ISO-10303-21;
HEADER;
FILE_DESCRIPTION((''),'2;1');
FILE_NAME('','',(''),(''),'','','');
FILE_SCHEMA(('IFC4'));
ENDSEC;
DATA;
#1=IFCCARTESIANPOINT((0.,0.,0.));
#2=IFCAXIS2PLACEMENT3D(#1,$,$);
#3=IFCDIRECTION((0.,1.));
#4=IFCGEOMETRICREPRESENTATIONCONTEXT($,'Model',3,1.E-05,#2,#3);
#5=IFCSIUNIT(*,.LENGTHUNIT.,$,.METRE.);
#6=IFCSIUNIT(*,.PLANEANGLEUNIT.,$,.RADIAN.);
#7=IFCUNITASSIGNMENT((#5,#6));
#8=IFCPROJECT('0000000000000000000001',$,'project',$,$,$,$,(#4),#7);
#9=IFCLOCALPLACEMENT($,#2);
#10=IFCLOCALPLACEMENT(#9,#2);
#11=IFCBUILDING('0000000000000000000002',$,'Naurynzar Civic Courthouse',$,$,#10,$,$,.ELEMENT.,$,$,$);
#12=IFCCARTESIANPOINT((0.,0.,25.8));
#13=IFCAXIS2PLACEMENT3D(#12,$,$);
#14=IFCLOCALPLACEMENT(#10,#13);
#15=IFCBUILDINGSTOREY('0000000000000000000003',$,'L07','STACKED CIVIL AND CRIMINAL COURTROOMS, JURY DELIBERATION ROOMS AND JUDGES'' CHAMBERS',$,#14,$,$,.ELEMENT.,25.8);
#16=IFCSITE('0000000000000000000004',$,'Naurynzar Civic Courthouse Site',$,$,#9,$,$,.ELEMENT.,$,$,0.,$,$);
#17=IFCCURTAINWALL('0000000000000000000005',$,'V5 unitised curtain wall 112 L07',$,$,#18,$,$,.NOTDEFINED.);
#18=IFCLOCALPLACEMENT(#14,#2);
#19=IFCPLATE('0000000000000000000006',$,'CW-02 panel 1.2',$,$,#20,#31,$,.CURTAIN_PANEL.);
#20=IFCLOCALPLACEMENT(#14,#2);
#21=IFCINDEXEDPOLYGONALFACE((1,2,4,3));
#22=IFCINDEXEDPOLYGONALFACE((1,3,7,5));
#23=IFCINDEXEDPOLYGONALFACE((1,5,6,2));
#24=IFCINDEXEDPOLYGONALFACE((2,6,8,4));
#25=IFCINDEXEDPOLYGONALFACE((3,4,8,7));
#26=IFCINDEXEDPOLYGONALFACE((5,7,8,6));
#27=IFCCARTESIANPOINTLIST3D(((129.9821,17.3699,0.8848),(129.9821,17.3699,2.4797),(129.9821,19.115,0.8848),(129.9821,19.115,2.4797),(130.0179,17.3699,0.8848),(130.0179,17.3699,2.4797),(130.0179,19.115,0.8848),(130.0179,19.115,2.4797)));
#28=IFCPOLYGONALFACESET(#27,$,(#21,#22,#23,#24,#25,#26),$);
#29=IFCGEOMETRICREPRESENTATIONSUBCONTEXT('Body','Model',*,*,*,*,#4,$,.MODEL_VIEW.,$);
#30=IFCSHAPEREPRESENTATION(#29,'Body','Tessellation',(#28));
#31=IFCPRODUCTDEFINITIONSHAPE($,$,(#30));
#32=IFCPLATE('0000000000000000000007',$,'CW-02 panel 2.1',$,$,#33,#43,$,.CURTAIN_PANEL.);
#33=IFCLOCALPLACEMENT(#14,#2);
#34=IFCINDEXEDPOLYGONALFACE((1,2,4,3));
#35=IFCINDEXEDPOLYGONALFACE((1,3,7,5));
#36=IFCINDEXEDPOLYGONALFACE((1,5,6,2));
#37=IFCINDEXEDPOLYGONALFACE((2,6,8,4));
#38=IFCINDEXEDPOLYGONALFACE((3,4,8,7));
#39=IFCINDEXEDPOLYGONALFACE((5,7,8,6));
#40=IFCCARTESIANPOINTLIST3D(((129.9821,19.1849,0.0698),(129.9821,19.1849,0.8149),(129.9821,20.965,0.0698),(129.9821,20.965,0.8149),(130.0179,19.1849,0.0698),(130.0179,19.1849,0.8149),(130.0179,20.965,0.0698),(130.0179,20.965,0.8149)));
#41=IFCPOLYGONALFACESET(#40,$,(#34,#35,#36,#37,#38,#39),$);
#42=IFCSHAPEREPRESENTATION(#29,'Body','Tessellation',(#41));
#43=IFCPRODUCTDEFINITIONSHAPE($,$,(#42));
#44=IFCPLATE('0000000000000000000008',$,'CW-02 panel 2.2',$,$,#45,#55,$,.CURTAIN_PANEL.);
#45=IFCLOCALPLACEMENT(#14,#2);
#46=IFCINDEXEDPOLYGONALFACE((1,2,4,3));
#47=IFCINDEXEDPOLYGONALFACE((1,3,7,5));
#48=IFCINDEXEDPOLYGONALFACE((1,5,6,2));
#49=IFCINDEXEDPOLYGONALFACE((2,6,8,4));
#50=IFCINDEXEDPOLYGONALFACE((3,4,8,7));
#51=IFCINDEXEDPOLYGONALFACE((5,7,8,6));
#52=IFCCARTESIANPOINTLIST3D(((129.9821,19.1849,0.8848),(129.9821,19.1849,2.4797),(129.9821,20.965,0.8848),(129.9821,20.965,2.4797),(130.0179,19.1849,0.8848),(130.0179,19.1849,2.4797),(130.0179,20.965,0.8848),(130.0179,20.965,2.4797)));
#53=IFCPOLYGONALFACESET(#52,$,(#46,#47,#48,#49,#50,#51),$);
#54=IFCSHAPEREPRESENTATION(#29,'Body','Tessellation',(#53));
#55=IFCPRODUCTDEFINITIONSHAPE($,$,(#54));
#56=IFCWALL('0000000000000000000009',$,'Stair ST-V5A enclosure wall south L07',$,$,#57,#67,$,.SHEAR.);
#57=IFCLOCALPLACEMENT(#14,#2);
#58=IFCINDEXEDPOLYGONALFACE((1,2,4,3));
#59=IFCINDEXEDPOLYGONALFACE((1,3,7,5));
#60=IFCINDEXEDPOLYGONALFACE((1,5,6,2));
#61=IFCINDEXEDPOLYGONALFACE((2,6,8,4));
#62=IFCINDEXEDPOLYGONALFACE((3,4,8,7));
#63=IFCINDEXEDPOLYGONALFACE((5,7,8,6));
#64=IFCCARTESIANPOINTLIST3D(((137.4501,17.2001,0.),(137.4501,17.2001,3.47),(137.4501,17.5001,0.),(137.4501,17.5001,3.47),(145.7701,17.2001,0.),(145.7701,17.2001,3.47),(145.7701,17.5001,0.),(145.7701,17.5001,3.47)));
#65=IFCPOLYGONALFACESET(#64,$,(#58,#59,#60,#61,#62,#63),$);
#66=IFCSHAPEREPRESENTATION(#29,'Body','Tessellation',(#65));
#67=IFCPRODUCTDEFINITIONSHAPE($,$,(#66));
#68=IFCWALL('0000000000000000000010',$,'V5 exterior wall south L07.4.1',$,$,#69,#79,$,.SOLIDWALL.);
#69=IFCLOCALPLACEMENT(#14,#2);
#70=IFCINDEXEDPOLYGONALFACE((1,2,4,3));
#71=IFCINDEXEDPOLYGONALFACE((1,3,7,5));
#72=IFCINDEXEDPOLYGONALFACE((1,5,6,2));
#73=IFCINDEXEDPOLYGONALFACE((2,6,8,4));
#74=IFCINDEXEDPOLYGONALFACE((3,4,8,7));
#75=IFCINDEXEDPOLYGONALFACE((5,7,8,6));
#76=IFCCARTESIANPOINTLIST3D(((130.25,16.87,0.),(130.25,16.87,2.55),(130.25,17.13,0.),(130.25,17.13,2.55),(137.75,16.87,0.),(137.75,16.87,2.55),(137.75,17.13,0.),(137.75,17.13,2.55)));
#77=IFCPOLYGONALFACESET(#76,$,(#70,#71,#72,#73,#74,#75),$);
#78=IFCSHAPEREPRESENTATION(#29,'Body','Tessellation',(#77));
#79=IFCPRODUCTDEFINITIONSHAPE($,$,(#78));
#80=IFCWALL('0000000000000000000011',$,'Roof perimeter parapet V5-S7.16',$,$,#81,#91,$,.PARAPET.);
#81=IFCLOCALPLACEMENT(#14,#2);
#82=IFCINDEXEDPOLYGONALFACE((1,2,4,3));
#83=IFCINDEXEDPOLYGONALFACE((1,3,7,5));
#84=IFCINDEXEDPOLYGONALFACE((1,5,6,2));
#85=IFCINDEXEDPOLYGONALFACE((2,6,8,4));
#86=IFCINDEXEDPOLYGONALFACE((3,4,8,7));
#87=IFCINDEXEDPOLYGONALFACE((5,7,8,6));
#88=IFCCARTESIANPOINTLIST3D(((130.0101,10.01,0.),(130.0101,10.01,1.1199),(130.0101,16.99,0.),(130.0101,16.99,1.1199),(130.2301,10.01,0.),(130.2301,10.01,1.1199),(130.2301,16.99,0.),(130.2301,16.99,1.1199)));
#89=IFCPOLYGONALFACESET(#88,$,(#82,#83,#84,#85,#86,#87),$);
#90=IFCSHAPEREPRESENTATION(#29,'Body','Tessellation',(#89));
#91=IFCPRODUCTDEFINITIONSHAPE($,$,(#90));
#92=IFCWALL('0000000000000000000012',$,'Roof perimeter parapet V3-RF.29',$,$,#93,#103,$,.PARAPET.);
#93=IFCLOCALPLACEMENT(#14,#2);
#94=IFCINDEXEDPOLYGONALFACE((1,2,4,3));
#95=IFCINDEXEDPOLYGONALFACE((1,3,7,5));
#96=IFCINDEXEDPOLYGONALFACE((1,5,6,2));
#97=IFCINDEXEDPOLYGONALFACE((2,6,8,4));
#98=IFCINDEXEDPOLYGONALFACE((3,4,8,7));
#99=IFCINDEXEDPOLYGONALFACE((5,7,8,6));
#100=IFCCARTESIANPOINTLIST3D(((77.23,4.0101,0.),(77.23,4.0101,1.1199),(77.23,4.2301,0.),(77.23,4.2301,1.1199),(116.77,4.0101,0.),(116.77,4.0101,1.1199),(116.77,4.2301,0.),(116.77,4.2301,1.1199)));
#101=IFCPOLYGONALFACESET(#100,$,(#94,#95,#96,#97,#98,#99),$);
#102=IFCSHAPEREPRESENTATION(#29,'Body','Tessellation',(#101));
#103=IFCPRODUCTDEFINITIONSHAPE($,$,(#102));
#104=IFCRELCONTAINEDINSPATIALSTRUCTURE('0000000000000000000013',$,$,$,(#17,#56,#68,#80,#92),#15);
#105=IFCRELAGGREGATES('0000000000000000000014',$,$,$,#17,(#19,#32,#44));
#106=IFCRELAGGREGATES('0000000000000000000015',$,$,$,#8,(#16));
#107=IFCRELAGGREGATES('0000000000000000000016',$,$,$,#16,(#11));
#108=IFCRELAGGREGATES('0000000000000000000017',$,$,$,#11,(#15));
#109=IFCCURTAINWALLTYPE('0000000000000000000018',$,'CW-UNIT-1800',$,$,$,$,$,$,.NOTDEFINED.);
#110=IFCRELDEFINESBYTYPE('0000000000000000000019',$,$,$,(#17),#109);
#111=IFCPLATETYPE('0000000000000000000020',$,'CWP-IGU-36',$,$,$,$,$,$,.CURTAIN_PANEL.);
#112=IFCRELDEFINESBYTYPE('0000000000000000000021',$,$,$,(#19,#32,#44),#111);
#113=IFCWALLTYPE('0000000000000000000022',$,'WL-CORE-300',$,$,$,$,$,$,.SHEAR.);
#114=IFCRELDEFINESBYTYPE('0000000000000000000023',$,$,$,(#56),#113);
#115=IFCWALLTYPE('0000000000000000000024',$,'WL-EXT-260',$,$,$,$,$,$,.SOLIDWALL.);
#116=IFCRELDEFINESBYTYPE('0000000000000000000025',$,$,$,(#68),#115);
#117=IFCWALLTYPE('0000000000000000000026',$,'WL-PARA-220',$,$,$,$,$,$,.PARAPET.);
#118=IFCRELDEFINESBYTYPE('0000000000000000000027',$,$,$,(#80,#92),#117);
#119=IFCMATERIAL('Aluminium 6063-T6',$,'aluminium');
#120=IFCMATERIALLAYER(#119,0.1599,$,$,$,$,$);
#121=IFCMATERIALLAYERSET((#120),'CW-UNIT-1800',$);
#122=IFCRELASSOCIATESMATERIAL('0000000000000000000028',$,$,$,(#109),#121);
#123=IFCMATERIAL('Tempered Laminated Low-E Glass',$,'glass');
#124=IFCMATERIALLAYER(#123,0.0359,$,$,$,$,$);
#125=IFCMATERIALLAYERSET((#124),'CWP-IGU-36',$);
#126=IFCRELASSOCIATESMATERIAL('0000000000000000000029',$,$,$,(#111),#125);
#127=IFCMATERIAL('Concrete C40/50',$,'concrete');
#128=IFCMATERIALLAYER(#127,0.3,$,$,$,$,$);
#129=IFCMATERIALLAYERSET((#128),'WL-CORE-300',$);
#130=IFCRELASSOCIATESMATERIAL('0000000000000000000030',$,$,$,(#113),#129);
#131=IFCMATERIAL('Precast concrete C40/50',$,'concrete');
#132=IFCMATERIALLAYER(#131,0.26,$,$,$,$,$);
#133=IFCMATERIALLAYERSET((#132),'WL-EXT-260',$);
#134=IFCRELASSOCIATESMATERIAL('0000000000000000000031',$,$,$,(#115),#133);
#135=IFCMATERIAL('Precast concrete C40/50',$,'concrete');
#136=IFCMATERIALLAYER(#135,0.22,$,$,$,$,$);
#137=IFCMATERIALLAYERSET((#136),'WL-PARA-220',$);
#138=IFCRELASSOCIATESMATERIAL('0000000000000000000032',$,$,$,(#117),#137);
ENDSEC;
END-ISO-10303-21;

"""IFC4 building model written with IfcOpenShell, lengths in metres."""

from ifc_helpers import new_model, si_unit, direction, frame, frame_2d, origin, origin_2d, place, context, subcontext, project, spatial, rectangle, extrude, material, layer, layer_set, type_object, element, aggregate, save


model = new_model("IFC4")

# Units and contexts
model_context = context("Model", 3, precision=1e-05, world=origin(), true_north=direction((0.0, 1.0)))
body_context = subcontext(model_context, "Body", "Model", "MODEL_VIEW")
ifc_project = project(units=[si_unit("LENGTHUNIT", "METRE"), si_unit("PLANEANGLEUNIT", "RADIAN")], contexts=[model_context])

# Site, building, storey
site_placement = place(None, origin())
site = spatial("IfcSite", under=ifc_project, at=site_placement, Name="Naurynzar Civic Courthouse Site", CompositionType="ELEMENT", RefElevation=0.0)
building_placement = place(site_placement, origin())
building = spatial("IfcBuilding", under=site, at=building_placement, Name="Naurynzar Civic Courthouse", CompositionType="ELEMENT")
storey_placement = place(building_placement, frame((0.0, 0.0, 25.8)))
storey = spatial("IfcBuildingStorey", under=building, at=storey_placement, Name="L07", Description="STACKED CIVIL AND CRIMINAL COURTROOMS, JURY DELIBERATION ROOMS AND JUDGES' CHAMBERS", CompositionType="ELEMENT", Elevation=25.8)

# Curtain wall, plates
ifc_material_1 = material(Name="Aluminium 6063-T6", Category="aluminium")
ifc_layer_1 = layer(ifc_material_1, 0.1599)
ifc_layer_set_1 = layer_set([ifc_layer_1], Name="CW-UNIT-1800")
curtain_wall_type = type_object("IfcCurtainWallType", Name="CW-UNIT-1800", PredefinedType="NOTDEFINED", material=ifc_layer_set_1)
curtain_wall_placement = place(storey_placement, origin())
curtain_wall = element("IfcCurtainWall", 1, at=curtain_wall_placement, inside=storey, type_object=curtain_wall_type, Name="V5 unitised curtain wall 112 L07", PredefinedType="NOTDEFINED")
ifc_material_2 = material(Name="Tempered Laminated Low-E Glass", Category="glass")
ifc_layer_2 = layer(ifc_material_2, 0.0359)
ifc_layer_set_2 = layer_set([ifc_layer_2], Name="CWP-IGU-36")
plate_type = type_object("IfcPlateType", Name="CWP-IGU-36", PredefinedType="CURTAIN_PANEL", material=ifc_layer_set_2)
plate_1_placement = place(storey_placement, frame((130.0, 18.2424, 0.8848), z_axis=(0.0, 0.0, 1.0), x_axis=(0.0, 1.0, 0.0)))
plate_1 = element("IfcPlate", 2, at=plate_1_placement, type_object=plate_type, Name="CW-02 panel 1.2", PredefinedType="CURTAIN_PANEL", context=body_context, shape_type="SweptSolid", body=[
    extrude(rectangle(XDim=1.7451, YDim=0.0359, at=origin_2d()), origin(), (0.0, 0.0, 1.0), 1.595),
])
plate_2_placement = place(storey_placement, frame((130.0, 20.075, 0.0698), z_axis=(0.0, 0.0, 1.0), x_axis=(0.0, 1.0, 0.0)))
plate_2 = element("IfcPlate", 3, at=plate_2_placement, type_object=plate_type, Name="CW-02 panel 2.1", PredefinedType="CURTAIN_PANEL", context=body_context, shape_type="SweptSolid", body=[
    extrude(rectangle(XDim=1.78, YDim=0.0359, at=origin_2d()), origin(), (0.0, 0.0, 1.0), 0.7451),
])
plate_3_placement = place(storey_placement, frame((130.0, 20.075, 0.8848), z_axis=(0.0, 0.0, 1.0), x_axis=(0.0, 1.0, 0.0)))
plate_3 = element("IfcPlate", 4, at=plate_3_placement, type_object=plate_type, Name="CW-02 panel 2.2", PredefinedType="CURTAIN_PANEL", context=body_context, shape_type="SweptSolid", body=[
    extrude(rectangle(XDim=1.78, YDim=0.0359, at=origin_2d()), origin(), (0.0, 0.0, 1.0), 1.595),
])
aggregate(curtain_wall, [plate_1, plate_2, plate_3])

# Walls
ifc_material_3 = material(Name="Concrete C40/50", Category="concrete")
ifc_layer_3 = layer(ifc_material_3, 0.3)
ifc_layer_set_3 = layer_set([ifc_layer_3], Name="WL-CORE-300")
wall_type_1 = type_object("IfcWallType", Name="WL-CORE-300", PredefinedType="SHEAR", material=ifc_layer_set_3)
wall_1_placement = place(storey_placement, frame((137.45, 17.3501, 0.0), z_axis=(0.0, 0.0, 1.0), x_axis=(1.0, 0.0, 0.0)))
element("IfcWall", 5, at=wall_1_placement, inside=storey, type_object=wall_type_1, Name="Stair ST-V5A enclosure wall south L07", PredefinedType="SHEAR", context=body_context, shape_type="SweptSolid", body=[
    extrude(rectangle(XDim=8.3201, YDim=0.3, at=frame_2d((4.1602, 0.0))), origin(), (0.0, 0.0, 1.0), 3.47),
])
ifc_material_4 = material(Name="Precast concrete C40/50", Category="concrete")
ifc_layer_4 = layer(ifc_material_4, 0.26)
ifc_layer_set_4 = layer_set([ifc_layer_4], Name="WL-EXT-260")
wall_type_2 = type_object("IfcWallType", Name="WL-EXT-260", PredefinedType="SOLIDWALL", material=ifc_layer_set_4)
wall_2_placement = place(storey_placement, frame((137.75, 17.0, 0.0), z_axis=(0.0, 0.0, 1.0), x_axis=(-1.0, 0.0, 0.0)))
element("IfcWall", 6, at=wall_2_placement, inside=storey, type_object=wall_type_2, Name="V5 exterior wall south L07.4.1", PredefinedType="SOLIDWALL", context=body_context, shape_type="SweptSolid", body=[
    extrude(rectangle(XDim=7.5, YDim=0.26, at=frame_2d((3.75, 0.0))), origin(), (0.0, 0.0, 1.0), 2.55),
])
ifc_material_5 = material(Name="Precast concrete C40/50", Category="concrete")
ifc_layer_5 = layer(ifc_material_5, 0.22)
ifc_layer_set_5 = layer_set([ifc_layer_5], Name="WL-PARA-220")
wall_type_3 = type_object("IfcWallType", Name="WL-PARA-220", PredefinedType="PARAPET", material=ifc_layer_set_5)
wall_3_placement = place(storey_placement, frame((130.1201, 10.01, 0.0), z_axis=(0.0, 0.0, 1.0), x_axis=(0.0, 1.0, 0.0)))
element("IfcWall", 7, at=wall_3_placement, inside=storey, type_object=wall_type_3, Name="Roof perimeter parapet V5-S7.16", PredefinedType="PARAPET", context=body_context, shape_type="SweptSolid", body=[
    extrude(rectangle(XDim=6.98, YDim=0.22, at=frame_2d((3.49, 0.0))), origin(), (0.0, 0.0, 1.0), 1.1199),
])
wall_4_placement = place(storey_placement, frame((116.77, 4.1201, 0.0), z_axis=(0.0, 0.0, 1.0), x_axis=(-1.0, 0.0, 0.0)))
element("IfcWall", 8, at=wall_4_placement, inside=storey, type_object=wall_type_3, Name="Roof perimeter parapet V3-RF.29", PredefinedType="PARAPET", context=body_context, shape_type="SweptSolid", body=[
    extrude(rectangle(XDim=39.54, YDim=0.22, at=frame_2d((19.77, 0.0))), origin(), (0.0, 0.0, 1.0), 1.1199),
])

save(model, "model.ifc")
